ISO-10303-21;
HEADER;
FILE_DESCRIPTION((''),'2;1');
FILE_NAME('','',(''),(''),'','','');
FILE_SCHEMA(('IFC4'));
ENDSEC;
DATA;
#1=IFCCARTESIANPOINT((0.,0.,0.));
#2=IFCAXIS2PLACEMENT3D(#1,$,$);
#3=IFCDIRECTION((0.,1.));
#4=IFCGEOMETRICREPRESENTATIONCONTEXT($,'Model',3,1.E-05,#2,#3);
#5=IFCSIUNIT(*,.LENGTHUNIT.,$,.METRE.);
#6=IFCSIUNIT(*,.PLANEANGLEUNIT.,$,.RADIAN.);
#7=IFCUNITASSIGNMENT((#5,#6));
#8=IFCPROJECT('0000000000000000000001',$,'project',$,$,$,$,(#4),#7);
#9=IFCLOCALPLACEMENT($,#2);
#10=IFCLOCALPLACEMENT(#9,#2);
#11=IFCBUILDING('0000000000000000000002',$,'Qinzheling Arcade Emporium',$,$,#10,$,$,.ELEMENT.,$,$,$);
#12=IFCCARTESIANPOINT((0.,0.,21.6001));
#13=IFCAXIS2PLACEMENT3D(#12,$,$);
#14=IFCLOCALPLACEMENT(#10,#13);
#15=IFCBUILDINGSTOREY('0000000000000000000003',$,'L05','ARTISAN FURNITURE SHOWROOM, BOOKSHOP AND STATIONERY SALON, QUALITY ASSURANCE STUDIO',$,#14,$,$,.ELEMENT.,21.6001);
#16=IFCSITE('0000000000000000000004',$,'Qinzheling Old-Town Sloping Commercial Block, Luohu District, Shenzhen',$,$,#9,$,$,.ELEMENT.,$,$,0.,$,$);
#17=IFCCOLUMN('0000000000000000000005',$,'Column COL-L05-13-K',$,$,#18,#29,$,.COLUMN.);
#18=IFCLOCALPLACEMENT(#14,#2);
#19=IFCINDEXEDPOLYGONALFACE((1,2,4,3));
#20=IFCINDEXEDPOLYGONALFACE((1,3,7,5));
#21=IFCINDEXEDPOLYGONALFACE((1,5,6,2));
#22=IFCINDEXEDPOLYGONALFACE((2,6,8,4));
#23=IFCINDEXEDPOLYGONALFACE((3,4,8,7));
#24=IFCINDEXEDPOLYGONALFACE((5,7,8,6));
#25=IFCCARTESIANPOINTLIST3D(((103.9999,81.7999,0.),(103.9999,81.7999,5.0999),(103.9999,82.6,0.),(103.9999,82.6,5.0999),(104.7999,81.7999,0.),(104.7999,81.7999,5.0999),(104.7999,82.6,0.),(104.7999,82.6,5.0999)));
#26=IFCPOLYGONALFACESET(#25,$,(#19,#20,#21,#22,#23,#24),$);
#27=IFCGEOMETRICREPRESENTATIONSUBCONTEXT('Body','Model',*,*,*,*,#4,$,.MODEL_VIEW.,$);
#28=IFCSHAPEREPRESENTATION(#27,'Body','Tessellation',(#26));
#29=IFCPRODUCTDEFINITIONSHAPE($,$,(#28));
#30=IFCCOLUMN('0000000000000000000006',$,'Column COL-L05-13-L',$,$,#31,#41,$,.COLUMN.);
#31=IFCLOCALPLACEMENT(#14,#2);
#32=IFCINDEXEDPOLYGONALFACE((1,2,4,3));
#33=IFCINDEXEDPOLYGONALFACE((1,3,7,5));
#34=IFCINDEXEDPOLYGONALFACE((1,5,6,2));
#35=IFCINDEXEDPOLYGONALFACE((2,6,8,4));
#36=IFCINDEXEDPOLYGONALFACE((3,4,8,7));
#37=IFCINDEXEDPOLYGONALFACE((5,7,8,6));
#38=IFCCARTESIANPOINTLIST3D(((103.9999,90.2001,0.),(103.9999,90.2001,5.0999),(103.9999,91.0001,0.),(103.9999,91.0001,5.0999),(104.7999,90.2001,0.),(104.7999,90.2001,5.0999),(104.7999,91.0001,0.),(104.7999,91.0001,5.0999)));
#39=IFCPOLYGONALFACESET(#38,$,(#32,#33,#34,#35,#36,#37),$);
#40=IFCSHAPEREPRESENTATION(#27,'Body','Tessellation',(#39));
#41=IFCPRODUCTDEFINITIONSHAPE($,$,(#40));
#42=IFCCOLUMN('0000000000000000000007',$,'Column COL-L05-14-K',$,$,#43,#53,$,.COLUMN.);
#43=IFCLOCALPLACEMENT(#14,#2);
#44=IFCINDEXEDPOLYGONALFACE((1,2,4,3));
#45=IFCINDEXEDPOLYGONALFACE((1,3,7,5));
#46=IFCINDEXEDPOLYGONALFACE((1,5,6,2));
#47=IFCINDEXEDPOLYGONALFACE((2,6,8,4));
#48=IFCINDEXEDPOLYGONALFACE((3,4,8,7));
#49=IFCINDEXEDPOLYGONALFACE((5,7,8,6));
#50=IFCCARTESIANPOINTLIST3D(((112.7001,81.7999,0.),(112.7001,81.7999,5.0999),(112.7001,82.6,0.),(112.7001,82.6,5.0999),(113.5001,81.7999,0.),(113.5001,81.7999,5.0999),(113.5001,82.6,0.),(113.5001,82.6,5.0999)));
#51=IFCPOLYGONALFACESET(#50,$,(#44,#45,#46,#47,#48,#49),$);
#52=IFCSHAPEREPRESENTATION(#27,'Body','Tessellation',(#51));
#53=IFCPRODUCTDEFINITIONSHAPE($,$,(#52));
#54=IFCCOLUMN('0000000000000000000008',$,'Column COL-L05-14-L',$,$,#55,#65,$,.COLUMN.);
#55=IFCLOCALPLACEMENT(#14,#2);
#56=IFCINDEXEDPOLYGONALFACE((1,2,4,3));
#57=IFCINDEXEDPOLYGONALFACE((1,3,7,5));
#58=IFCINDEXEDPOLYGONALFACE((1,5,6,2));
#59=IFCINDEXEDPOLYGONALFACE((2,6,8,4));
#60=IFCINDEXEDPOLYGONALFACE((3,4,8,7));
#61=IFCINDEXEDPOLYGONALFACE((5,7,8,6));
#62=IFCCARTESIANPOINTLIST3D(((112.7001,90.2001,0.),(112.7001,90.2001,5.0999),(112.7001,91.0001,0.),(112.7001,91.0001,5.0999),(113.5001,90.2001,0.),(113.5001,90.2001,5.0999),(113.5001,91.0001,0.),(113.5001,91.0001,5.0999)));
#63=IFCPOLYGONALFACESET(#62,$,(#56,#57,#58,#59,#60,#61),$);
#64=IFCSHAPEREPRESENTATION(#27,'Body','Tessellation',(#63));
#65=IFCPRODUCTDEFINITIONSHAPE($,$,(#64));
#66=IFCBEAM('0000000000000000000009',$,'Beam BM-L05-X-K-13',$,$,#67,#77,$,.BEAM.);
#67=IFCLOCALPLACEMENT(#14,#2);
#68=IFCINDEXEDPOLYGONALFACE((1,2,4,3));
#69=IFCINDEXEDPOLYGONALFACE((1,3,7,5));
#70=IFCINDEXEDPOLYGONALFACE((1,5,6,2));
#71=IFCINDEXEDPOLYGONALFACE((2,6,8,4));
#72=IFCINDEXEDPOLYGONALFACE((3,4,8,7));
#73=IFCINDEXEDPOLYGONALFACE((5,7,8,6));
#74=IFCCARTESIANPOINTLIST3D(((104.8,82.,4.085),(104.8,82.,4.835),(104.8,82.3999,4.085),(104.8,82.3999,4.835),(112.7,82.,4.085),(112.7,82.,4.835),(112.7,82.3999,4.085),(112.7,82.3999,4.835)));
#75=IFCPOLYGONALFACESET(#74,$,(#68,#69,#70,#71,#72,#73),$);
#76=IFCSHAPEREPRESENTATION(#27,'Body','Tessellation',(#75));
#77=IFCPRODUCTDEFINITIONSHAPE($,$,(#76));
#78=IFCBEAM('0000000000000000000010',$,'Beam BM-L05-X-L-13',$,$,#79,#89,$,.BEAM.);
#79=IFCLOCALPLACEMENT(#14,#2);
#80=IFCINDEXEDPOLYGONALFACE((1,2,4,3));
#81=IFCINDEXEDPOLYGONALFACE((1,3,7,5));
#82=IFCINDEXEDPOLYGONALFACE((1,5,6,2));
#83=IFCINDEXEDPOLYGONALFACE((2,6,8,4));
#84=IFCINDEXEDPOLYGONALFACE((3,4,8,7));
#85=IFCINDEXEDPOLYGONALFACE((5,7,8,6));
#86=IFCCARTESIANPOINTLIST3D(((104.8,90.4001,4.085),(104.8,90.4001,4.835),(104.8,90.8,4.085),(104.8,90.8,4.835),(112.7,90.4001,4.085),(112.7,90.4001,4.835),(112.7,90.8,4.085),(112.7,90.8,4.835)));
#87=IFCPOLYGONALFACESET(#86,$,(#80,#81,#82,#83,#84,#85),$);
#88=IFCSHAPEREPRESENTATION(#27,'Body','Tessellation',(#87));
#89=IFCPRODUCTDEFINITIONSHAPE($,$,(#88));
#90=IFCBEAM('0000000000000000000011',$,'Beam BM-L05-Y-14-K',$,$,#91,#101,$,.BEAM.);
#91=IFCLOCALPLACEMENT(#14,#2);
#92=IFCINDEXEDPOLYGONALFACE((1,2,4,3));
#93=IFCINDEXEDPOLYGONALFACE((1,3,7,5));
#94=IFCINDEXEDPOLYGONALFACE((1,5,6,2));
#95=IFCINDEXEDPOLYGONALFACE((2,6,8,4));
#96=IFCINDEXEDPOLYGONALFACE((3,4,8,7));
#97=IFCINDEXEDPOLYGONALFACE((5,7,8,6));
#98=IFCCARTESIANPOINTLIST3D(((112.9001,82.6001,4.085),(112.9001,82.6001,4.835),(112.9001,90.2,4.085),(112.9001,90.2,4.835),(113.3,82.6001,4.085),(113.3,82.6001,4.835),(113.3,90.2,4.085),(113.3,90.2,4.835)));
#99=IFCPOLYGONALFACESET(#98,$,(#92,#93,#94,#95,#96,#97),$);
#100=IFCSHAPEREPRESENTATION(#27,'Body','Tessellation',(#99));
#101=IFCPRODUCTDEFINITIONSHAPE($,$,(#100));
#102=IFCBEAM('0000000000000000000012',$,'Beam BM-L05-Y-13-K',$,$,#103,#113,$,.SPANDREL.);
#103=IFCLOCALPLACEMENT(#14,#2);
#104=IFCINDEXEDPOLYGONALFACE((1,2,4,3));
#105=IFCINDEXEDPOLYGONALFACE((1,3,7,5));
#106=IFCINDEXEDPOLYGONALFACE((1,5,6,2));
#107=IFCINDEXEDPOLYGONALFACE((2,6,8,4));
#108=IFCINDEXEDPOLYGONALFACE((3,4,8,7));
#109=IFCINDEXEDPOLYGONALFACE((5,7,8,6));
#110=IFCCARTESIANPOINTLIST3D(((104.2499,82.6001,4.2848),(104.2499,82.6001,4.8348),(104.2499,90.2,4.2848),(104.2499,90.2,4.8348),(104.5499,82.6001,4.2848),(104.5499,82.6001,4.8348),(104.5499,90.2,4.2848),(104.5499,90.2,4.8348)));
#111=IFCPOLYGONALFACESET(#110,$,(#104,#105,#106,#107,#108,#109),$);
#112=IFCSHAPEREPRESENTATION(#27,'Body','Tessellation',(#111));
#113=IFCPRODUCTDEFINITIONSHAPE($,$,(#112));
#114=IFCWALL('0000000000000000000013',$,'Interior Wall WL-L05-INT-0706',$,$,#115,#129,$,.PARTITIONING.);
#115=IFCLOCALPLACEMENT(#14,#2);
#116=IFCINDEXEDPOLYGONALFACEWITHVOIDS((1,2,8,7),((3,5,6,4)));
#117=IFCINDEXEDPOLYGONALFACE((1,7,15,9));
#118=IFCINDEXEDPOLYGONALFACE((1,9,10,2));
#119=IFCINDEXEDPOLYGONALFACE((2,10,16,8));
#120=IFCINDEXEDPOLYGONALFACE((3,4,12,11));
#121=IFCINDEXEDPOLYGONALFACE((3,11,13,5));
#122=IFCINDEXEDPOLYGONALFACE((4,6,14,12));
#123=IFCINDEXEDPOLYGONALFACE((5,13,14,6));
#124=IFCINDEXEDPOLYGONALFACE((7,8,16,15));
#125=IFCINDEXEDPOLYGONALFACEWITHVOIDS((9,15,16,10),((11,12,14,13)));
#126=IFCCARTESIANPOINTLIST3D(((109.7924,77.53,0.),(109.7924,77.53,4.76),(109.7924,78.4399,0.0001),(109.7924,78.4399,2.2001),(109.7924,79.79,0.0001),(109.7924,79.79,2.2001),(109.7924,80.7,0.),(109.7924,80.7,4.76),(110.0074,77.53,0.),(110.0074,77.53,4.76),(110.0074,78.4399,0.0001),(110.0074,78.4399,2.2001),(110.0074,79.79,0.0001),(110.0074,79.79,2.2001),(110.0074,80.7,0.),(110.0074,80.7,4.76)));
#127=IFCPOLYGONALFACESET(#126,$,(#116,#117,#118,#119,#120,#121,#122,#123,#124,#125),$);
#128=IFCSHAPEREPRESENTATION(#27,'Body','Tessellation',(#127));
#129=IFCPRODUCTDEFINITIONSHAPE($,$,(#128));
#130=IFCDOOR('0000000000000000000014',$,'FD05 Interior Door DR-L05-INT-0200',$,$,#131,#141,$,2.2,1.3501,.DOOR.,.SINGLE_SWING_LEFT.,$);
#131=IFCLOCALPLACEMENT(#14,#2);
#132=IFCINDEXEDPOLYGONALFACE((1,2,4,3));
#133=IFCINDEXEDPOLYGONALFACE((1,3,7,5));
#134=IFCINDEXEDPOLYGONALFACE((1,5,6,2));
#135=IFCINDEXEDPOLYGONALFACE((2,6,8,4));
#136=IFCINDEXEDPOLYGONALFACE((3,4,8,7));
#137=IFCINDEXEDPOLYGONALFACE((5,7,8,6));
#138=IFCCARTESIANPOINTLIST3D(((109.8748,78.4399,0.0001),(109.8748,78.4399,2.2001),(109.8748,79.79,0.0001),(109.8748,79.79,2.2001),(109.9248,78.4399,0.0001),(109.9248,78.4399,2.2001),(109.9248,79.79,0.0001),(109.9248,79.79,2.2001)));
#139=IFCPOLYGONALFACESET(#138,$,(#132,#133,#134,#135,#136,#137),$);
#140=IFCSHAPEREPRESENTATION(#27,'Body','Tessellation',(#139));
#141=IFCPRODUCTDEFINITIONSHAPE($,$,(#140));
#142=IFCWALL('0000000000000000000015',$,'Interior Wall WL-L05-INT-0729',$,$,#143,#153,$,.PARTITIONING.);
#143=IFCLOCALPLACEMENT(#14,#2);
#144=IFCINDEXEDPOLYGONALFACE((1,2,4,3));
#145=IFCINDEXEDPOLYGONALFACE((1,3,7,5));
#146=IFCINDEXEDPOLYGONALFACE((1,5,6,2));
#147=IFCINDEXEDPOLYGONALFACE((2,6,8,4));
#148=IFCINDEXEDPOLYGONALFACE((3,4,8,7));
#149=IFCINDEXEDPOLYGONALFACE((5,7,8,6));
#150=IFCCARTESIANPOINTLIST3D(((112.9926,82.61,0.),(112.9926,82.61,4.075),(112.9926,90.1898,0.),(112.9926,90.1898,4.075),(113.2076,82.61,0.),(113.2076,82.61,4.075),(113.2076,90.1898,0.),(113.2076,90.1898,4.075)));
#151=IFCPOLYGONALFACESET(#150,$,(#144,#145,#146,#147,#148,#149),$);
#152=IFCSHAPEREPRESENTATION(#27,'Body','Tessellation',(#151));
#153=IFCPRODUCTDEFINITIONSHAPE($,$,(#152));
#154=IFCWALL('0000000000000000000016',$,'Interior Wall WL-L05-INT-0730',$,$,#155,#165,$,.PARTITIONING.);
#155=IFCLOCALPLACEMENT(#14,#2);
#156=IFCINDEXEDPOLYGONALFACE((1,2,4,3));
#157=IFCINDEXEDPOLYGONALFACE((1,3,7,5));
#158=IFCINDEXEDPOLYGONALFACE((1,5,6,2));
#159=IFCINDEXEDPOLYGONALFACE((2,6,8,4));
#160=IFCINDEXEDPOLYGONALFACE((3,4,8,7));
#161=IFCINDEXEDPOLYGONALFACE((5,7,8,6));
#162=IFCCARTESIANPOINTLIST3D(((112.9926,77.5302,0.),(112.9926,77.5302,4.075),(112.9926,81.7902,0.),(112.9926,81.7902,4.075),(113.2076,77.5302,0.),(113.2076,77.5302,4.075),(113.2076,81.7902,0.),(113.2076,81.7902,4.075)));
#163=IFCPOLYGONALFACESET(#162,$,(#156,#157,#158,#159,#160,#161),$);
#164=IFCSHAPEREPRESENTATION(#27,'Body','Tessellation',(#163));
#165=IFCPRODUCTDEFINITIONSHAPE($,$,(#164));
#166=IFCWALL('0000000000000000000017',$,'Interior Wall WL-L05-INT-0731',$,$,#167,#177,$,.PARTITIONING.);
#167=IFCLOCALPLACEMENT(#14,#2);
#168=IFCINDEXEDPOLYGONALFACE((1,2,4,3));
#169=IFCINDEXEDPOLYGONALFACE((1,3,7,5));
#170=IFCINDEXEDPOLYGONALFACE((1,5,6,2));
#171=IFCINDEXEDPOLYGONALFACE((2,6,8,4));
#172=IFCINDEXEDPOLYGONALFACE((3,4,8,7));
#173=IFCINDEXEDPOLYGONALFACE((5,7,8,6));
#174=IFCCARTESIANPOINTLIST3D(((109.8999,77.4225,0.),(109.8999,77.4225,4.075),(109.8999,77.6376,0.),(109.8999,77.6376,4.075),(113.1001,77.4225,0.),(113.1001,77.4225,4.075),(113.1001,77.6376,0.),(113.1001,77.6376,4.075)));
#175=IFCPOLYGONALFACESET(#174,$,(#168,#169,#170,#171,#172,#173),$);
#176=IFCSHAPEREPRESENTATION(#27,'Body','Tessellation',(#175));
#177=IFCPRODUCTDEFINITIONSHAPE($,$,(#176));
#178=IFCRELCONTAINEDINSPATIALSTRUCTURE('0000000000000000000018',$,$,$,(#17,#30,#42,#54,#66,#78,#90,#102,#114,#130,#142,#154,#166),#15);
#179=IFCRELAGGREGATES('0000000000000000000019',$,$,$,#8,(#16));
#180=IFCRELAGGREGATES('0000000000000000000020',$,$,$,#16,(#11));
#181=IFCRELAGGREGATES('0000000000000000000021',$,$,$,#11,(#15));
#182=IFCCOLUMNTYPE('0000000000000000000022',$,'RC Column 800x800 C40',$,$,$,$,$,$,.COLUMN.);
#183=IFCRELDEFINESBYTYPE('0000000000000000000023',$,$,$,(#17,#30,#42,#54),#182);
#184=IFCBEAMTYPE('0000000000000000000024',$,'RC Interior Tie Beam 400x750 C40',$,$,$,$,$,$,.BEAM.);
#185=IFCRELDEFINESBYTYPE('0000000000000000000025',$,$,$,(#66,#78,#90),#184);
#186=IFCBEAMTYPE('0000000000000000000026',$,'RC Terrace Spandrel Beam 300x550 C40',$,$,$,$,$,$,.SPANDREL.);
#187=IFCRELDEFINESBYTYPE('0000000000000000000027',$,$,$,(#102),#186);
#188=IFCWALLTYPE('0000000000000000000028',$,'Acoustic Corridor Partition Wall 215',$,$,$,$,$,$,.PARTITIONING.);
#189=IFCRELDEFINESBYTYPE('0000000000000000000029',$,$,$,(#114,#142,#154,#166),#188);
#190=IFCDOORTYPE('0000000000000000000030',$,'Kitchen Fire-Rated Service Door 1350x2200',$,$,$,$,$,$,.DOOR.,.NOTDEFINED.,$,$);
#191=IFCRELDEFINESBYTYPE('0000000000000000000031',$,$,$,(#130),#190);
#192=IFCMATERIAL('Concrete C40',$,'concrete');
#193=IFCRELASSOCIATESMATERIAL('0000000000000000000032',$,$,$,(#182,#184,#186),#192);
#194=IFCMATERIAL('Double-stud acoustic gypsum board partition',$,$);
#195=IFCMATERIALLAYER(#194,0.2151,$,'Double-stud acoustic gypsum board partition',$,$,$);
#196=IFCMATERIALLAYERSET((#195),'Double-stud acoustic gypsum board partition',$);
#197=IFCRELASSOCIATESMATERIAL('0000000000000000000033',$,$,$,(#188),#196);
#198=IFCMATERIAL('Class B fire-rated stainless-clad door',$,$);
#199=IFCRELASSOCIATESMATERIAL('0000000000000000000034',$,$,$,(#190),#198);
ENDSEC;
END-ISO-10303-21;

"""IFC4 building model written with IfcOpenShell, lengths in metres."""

from ifc_helpers import new_model, si_unit, direction, frame, frame_2d, origin, origin_2d, place, context, subcontext, project, spatial, rectangle, extrude, material, layer, layer_set, material_profile, profile_set, type_object, element, fill, save


model = new_model("IFC4")

# Units and contexts
model_context = context("Model", 3, precision=1e-05, world=origin(), true_north=direction((0.0, 1.0)))
body_context = subcontext(model_context, "Body", "Model", "MODEL_VIEW")
ifc_project = project(units=[si_unit("LENGTHUNIT", "METRE"), si_unit("PLANEANGLEUNIT", "RADIAN")], contexts=[model_context])

# Site, building, storey
site_placement = place(None, origin())
site = spatial("IfcSite", under=ifc_project, at=site_placement, Name="Qinzheling Old-Town Sloping Commercial Block, Luohu District, Shenzhen", CompositionType="ELEMENT", RefElevation=0.0)
building_placement = place(site_placement, origin())
building = spatial("IfcBuilding", under=site, at=building_placement, Name="Qinzheling Arcade Emporium", CompositionType="ELEMENT")
storey_placement = place(building_placement, frame((0.0, 0.0, 21.6001)))
storey = spatial("IfcBuildingStorey", under=building, at=storey_placement, Name="L05", Description="ARTISAN FURNITURE SHOWROOM, BOOKSHOP AND STATIONERY SALON, QUALITY ASSURANCE STUDIO", CompositionType="ELEMENT", Elevation=21.6001)

# Columns
ifc_material_1 = material(Name="Concrete C40", Category="concrete")
ifc_material_profile_1 = material_profile(ifc_material_1, rectangle(XDim=0.8, YDim=0.8, at=origin_2d()), Name="RC 800x800", Category="concrete")
ifc_profile_set_1 = profile_set([ifc_material_profile_1], Name="Concrete C40")
column_type = type_object("IfcColumnType", Name="RC Column 800x800 C40", PredefinedType="COLUMN", material=ifc_profile_set_1)
for number, where, z_axis, x_axis, name in (
    (1, (104.3999, 82.2, 0.0), (0.0, 0.0, 1.0), (1.0, 0.0, 0.0), "Column COL-L05-13-K"),
    (2, (104.3999, 90.6001, 0.0), (0.0, 0.0, 1.0), (1.0, 0.0, 0.0), "Column COL-L05-13-L"),
    (3, (113.1001, 82.2, 0.0), (0.0, 0.0, 1.0), (1.0, 0.0, 0.0), "Column COL-L05-14-K"),
    (4, (113.1001, 90.6001, 0.0), (0.0, 0.0, 1.0), (1.0, 0.0, 0.0), "Column COL-L05-14-L"),
):
    element("IfcColumn", number, at=place(storey_placement, frame(where, z_axis=z_axis, x_axis=x_axis)), inside=storey, type_object=column_type, Name=name, PredefinedType="COLUMN", context=body_context, shape_type="SweptSolid", body=[
        extrude(rectangle(XDim=0.8, YDim=0.8, at=origin_2d()), origin(), (0.0, 0.0, 1.0), 5.0999),
    ])

# Beams
ifc_material_profile_2 = material_profile(ifc_material_1, rectangle(XDim=0.3999, YDim=0.75, at=origin_2d()), Name="RC 400x750", Category="concrete")
ifc_profile_set_2 = profile_set([ifc_material_profile_2], Name="Concrete C40")
beam_type_1 = type_object("IfcBeamType", Name="RC Interior Tie Beam 400x750 C40", PredefinedType="BEAM", material=ifc_profile_set_2)
for number, where, z_axis, x_axis, name in (
    (5, (104.8, 82.2, 4.46), (1.0, 0.0, 0.0), (0.0, 1.0, 0.0), "Beam BM-L05-X-K-13"),
    (6, (104.8, 90.6001, 4.46), (1.0, 0.0, 0.0), (0.0, 1.0, 0.0), "Beam BM-L05-X-L-13"),
):
    element("IfcBeam", number, at=place(storey_placement, frame(where, z_axis=z_axis, x_axis=x_axis)), inside=storey, type_object=beam_type_1, Name=name, PredefinedType="BEAM", context=body_context, shape_type="SweptSolid", body=[
        extrude(rectangle(XDim=0.3999, YDim=0.75, at=origin_2d()), origin(), (0.0, 0.0, 1.0), 7.8999),
    ])
beam_1_placement = place(storey_placement, frame((113.1001, 82.6001, 4.46), z_axis=(0.0, 1.0, 0.0), x_axis=(-1.0, 0.0, 0.0)))
element("IfcBeam", 7, at=beam_1_placement, inside=storey, type_object=beam_type_1, Name="Beam BM-L05-Y-14-K", PredefinedType="BEAM", context=body_context, shape_type="SweptSolid", body=[
    extrude(rectangle(XDim=0.3999, YDim=0.75, at=origin_2d()), origin(), (0.0, 0.0, 1.0), 7.5999),
])
ifc_material_profile_3 = material_profile(ifc_material_1, rectangle(XDim=0.3, YDim=0.55, at=origin_2d()), Name="RC 300x550", Category="concrete")
ifc_profile_set_3 = profile_set([ifc_material_profile_3], Name="Concrete C40")
beam_type_2 = type_object("IfcBeamType", Name="RC Terrace Spandrel Beam 300x550 C40", PredefinedType="SPANDREL", material=ifc_profile_set_3)
beam_2_placement = place(storey_placement, frame((104.3999, 82.6001, 4.5598), z_axis=(0.0, 1.0, 0.0), x_axis=(-1.0, 0.0, 0.0)))
element("IfcBeam", 8, at=beam_2_placement, inside=storey, type_object=beam_type_2, Name="Beam BM-L05-Y-13-K", PredefinedType="SPANDREL", context=body_context, shape_type="SweptSolid", body=[
    extrude(rectangle(XDim=0.3, YDim=0.55, at=origin_2d()), origin(), (0.0, 0.0, 1.0), 7.5999),
])

# Wall, opening, door
ifc_material_2 = material(Name="Double-stud acoustic gypsum board partition")
ifc_layer_1 = layer(ifc_material_2, 0.2151, Name="Double-stud acoustic gypsum board partition")
ifc_layer_set_1 = layer_set([ifc_layer_1], Name="Double-stud acoustic gypsum board partition")
wall_type_1 = type_object("IfcWallType", Name="Acoustic Corridor Partition Wall 215", PredefinedType="PARTITIONING", material=ifc_layer_set_1)
wall_1_placement = place(storey_placement, frame((109.8999, 80.7, 0.0), z_axis=(0.0, 0.0, 1.0), x_axis=(0.0, -1.0, 0.0)))
wall_1 = element("IfcWall", 9, at=wall_1_placement, inside=storey, type_object=wall_type_1, Name="Interior Wall WL-L05-INT-0706", PredefinedType="PARTITIONING", context=body_context, shape_type="SweptSolid", body=[
    extrude(rectangle(XDim=3.1699, YDim=0.2151, at=frame_2d((1.585, 0.0))), origin(), (0.0, 0.0, 1.0), 4.76),
])
opening_1_placement = place(wall_1_placement, frame((0.9099, 0.0, 0.0)))
opening_1 = element("IfcOpeningElement", 10, at=opening_1_placement, cuts=wall_1, PredefinedType="OPENING", context=body_context, shape_type="SweptSolid", body=[
    extrude(rectangle(XDim=1.3501, YDim=2.2, at=frame_2d((0.675, 1.1001))), frame((0.0, 0.1177, 0.0), z_axis=(0.0, -1.0, 0.0), x_axis=(1.0, 0.0, 0.0)), (0.0, 0.0, 1.0), 0.2351),
])
ifc_material_3 = material(Name="Class B fire-rated stainless-clad door")
door_type = type_object("IfcDoorType", Name="Kitchen Fire-Rated Service Door 1350x2200", OperationType="NOTDEFINED", PredefinedType="DOOR", material=ifc_material_3)
door_1_placement = place(opening_1_placement, origin())
door_1 = element("IfcDoor", 11, at=door_1_placement, inside=storey, type_object=door_type, Name="FD05 Interior Door DR-L05-INT-0200", OperationType="SINGLE_SWING_LEFT", OverallHeight=2.2, OverallWidth=1.3501, PredefinedType="DOOR", context=body_context, shape_type="SweptSolid", body=[
    extrude(rectangle(XDim=1.3501, YDim=2.2, at=frame_2d((0.675, 1.1001))), frame((0.0, 0.0249, 0.0), z_axis=(0.0, -1.0, 0.0), x_axis=(1.0, 0.0, 0.0)), (0.0, 0.0, 1.0), 0.05),
])
fill(opening_1, door_1)

# Walls
wall_2_placement = place(storey_placement, frame((113.1001, 90.1899, 0.0), z_axis=(0.0, 0.0, 1.0), x_axis=(0.0, -1.0, 0.0)))
element("IfcWall", 12, at=wall_2_placement, inside=storey, type_object=wall_type_1, Name="Interior Wall WL-L05-INT-0729", PredefinedType="PARTITIONING", context=body_context, shape_type="SweptSolid", body=[
    extrude(rectangle(XDim=7.5798, YDim=0.2151, at=frame_2d((3.79, 0.0))), origin(), (0.0, 0.0, 1.0), 4.075),
])
wall_3_placement = place(storey_placement, frame((113.1001, 81.79, 0.0), z_axis=(0.0, 0.0, 1.0), x_axis=(0.0, -1.0, 0.0)))
element("IfcWall", 13, at=wall_3_placement, inside=storey, type_object=wall_type_1, Name="Interior Wall WL-L05-INT-0730", PredefinedType="PARTITIONING", context=body_context, shape_type="SweptSolid", body=[
    extrude(rectangle(XDim=4.26, YDim=0.2151, at=frame_2d((2.1299, 0.0))), origin(), (0.0, 0.0, 1.0), 4.075),
])
wall_4_placement = place(storey_placement, frame((113.1001, 77.53, 0.0), z_axis=(0.0, 0.0, 1.0), x_axis=(-1.0, 0.0, 0.0)))
element("IfcWall", 14, at=wall_4_placement, inside=storey, type_object=wall_type_1, Name="Interior Wall WL-L05-INT-0731", PredefinedType="PARTITIONING", context=body_context, shape_type="SweptSolid", body=[
    extrude(rectangle(XDim=3.2002, YDim=0.2151, at=frame_2d((1.6001, 0.0))), origin(), (0.0, 0.0, 1.0), 4.075),
])

save(model, "model.ifc")
